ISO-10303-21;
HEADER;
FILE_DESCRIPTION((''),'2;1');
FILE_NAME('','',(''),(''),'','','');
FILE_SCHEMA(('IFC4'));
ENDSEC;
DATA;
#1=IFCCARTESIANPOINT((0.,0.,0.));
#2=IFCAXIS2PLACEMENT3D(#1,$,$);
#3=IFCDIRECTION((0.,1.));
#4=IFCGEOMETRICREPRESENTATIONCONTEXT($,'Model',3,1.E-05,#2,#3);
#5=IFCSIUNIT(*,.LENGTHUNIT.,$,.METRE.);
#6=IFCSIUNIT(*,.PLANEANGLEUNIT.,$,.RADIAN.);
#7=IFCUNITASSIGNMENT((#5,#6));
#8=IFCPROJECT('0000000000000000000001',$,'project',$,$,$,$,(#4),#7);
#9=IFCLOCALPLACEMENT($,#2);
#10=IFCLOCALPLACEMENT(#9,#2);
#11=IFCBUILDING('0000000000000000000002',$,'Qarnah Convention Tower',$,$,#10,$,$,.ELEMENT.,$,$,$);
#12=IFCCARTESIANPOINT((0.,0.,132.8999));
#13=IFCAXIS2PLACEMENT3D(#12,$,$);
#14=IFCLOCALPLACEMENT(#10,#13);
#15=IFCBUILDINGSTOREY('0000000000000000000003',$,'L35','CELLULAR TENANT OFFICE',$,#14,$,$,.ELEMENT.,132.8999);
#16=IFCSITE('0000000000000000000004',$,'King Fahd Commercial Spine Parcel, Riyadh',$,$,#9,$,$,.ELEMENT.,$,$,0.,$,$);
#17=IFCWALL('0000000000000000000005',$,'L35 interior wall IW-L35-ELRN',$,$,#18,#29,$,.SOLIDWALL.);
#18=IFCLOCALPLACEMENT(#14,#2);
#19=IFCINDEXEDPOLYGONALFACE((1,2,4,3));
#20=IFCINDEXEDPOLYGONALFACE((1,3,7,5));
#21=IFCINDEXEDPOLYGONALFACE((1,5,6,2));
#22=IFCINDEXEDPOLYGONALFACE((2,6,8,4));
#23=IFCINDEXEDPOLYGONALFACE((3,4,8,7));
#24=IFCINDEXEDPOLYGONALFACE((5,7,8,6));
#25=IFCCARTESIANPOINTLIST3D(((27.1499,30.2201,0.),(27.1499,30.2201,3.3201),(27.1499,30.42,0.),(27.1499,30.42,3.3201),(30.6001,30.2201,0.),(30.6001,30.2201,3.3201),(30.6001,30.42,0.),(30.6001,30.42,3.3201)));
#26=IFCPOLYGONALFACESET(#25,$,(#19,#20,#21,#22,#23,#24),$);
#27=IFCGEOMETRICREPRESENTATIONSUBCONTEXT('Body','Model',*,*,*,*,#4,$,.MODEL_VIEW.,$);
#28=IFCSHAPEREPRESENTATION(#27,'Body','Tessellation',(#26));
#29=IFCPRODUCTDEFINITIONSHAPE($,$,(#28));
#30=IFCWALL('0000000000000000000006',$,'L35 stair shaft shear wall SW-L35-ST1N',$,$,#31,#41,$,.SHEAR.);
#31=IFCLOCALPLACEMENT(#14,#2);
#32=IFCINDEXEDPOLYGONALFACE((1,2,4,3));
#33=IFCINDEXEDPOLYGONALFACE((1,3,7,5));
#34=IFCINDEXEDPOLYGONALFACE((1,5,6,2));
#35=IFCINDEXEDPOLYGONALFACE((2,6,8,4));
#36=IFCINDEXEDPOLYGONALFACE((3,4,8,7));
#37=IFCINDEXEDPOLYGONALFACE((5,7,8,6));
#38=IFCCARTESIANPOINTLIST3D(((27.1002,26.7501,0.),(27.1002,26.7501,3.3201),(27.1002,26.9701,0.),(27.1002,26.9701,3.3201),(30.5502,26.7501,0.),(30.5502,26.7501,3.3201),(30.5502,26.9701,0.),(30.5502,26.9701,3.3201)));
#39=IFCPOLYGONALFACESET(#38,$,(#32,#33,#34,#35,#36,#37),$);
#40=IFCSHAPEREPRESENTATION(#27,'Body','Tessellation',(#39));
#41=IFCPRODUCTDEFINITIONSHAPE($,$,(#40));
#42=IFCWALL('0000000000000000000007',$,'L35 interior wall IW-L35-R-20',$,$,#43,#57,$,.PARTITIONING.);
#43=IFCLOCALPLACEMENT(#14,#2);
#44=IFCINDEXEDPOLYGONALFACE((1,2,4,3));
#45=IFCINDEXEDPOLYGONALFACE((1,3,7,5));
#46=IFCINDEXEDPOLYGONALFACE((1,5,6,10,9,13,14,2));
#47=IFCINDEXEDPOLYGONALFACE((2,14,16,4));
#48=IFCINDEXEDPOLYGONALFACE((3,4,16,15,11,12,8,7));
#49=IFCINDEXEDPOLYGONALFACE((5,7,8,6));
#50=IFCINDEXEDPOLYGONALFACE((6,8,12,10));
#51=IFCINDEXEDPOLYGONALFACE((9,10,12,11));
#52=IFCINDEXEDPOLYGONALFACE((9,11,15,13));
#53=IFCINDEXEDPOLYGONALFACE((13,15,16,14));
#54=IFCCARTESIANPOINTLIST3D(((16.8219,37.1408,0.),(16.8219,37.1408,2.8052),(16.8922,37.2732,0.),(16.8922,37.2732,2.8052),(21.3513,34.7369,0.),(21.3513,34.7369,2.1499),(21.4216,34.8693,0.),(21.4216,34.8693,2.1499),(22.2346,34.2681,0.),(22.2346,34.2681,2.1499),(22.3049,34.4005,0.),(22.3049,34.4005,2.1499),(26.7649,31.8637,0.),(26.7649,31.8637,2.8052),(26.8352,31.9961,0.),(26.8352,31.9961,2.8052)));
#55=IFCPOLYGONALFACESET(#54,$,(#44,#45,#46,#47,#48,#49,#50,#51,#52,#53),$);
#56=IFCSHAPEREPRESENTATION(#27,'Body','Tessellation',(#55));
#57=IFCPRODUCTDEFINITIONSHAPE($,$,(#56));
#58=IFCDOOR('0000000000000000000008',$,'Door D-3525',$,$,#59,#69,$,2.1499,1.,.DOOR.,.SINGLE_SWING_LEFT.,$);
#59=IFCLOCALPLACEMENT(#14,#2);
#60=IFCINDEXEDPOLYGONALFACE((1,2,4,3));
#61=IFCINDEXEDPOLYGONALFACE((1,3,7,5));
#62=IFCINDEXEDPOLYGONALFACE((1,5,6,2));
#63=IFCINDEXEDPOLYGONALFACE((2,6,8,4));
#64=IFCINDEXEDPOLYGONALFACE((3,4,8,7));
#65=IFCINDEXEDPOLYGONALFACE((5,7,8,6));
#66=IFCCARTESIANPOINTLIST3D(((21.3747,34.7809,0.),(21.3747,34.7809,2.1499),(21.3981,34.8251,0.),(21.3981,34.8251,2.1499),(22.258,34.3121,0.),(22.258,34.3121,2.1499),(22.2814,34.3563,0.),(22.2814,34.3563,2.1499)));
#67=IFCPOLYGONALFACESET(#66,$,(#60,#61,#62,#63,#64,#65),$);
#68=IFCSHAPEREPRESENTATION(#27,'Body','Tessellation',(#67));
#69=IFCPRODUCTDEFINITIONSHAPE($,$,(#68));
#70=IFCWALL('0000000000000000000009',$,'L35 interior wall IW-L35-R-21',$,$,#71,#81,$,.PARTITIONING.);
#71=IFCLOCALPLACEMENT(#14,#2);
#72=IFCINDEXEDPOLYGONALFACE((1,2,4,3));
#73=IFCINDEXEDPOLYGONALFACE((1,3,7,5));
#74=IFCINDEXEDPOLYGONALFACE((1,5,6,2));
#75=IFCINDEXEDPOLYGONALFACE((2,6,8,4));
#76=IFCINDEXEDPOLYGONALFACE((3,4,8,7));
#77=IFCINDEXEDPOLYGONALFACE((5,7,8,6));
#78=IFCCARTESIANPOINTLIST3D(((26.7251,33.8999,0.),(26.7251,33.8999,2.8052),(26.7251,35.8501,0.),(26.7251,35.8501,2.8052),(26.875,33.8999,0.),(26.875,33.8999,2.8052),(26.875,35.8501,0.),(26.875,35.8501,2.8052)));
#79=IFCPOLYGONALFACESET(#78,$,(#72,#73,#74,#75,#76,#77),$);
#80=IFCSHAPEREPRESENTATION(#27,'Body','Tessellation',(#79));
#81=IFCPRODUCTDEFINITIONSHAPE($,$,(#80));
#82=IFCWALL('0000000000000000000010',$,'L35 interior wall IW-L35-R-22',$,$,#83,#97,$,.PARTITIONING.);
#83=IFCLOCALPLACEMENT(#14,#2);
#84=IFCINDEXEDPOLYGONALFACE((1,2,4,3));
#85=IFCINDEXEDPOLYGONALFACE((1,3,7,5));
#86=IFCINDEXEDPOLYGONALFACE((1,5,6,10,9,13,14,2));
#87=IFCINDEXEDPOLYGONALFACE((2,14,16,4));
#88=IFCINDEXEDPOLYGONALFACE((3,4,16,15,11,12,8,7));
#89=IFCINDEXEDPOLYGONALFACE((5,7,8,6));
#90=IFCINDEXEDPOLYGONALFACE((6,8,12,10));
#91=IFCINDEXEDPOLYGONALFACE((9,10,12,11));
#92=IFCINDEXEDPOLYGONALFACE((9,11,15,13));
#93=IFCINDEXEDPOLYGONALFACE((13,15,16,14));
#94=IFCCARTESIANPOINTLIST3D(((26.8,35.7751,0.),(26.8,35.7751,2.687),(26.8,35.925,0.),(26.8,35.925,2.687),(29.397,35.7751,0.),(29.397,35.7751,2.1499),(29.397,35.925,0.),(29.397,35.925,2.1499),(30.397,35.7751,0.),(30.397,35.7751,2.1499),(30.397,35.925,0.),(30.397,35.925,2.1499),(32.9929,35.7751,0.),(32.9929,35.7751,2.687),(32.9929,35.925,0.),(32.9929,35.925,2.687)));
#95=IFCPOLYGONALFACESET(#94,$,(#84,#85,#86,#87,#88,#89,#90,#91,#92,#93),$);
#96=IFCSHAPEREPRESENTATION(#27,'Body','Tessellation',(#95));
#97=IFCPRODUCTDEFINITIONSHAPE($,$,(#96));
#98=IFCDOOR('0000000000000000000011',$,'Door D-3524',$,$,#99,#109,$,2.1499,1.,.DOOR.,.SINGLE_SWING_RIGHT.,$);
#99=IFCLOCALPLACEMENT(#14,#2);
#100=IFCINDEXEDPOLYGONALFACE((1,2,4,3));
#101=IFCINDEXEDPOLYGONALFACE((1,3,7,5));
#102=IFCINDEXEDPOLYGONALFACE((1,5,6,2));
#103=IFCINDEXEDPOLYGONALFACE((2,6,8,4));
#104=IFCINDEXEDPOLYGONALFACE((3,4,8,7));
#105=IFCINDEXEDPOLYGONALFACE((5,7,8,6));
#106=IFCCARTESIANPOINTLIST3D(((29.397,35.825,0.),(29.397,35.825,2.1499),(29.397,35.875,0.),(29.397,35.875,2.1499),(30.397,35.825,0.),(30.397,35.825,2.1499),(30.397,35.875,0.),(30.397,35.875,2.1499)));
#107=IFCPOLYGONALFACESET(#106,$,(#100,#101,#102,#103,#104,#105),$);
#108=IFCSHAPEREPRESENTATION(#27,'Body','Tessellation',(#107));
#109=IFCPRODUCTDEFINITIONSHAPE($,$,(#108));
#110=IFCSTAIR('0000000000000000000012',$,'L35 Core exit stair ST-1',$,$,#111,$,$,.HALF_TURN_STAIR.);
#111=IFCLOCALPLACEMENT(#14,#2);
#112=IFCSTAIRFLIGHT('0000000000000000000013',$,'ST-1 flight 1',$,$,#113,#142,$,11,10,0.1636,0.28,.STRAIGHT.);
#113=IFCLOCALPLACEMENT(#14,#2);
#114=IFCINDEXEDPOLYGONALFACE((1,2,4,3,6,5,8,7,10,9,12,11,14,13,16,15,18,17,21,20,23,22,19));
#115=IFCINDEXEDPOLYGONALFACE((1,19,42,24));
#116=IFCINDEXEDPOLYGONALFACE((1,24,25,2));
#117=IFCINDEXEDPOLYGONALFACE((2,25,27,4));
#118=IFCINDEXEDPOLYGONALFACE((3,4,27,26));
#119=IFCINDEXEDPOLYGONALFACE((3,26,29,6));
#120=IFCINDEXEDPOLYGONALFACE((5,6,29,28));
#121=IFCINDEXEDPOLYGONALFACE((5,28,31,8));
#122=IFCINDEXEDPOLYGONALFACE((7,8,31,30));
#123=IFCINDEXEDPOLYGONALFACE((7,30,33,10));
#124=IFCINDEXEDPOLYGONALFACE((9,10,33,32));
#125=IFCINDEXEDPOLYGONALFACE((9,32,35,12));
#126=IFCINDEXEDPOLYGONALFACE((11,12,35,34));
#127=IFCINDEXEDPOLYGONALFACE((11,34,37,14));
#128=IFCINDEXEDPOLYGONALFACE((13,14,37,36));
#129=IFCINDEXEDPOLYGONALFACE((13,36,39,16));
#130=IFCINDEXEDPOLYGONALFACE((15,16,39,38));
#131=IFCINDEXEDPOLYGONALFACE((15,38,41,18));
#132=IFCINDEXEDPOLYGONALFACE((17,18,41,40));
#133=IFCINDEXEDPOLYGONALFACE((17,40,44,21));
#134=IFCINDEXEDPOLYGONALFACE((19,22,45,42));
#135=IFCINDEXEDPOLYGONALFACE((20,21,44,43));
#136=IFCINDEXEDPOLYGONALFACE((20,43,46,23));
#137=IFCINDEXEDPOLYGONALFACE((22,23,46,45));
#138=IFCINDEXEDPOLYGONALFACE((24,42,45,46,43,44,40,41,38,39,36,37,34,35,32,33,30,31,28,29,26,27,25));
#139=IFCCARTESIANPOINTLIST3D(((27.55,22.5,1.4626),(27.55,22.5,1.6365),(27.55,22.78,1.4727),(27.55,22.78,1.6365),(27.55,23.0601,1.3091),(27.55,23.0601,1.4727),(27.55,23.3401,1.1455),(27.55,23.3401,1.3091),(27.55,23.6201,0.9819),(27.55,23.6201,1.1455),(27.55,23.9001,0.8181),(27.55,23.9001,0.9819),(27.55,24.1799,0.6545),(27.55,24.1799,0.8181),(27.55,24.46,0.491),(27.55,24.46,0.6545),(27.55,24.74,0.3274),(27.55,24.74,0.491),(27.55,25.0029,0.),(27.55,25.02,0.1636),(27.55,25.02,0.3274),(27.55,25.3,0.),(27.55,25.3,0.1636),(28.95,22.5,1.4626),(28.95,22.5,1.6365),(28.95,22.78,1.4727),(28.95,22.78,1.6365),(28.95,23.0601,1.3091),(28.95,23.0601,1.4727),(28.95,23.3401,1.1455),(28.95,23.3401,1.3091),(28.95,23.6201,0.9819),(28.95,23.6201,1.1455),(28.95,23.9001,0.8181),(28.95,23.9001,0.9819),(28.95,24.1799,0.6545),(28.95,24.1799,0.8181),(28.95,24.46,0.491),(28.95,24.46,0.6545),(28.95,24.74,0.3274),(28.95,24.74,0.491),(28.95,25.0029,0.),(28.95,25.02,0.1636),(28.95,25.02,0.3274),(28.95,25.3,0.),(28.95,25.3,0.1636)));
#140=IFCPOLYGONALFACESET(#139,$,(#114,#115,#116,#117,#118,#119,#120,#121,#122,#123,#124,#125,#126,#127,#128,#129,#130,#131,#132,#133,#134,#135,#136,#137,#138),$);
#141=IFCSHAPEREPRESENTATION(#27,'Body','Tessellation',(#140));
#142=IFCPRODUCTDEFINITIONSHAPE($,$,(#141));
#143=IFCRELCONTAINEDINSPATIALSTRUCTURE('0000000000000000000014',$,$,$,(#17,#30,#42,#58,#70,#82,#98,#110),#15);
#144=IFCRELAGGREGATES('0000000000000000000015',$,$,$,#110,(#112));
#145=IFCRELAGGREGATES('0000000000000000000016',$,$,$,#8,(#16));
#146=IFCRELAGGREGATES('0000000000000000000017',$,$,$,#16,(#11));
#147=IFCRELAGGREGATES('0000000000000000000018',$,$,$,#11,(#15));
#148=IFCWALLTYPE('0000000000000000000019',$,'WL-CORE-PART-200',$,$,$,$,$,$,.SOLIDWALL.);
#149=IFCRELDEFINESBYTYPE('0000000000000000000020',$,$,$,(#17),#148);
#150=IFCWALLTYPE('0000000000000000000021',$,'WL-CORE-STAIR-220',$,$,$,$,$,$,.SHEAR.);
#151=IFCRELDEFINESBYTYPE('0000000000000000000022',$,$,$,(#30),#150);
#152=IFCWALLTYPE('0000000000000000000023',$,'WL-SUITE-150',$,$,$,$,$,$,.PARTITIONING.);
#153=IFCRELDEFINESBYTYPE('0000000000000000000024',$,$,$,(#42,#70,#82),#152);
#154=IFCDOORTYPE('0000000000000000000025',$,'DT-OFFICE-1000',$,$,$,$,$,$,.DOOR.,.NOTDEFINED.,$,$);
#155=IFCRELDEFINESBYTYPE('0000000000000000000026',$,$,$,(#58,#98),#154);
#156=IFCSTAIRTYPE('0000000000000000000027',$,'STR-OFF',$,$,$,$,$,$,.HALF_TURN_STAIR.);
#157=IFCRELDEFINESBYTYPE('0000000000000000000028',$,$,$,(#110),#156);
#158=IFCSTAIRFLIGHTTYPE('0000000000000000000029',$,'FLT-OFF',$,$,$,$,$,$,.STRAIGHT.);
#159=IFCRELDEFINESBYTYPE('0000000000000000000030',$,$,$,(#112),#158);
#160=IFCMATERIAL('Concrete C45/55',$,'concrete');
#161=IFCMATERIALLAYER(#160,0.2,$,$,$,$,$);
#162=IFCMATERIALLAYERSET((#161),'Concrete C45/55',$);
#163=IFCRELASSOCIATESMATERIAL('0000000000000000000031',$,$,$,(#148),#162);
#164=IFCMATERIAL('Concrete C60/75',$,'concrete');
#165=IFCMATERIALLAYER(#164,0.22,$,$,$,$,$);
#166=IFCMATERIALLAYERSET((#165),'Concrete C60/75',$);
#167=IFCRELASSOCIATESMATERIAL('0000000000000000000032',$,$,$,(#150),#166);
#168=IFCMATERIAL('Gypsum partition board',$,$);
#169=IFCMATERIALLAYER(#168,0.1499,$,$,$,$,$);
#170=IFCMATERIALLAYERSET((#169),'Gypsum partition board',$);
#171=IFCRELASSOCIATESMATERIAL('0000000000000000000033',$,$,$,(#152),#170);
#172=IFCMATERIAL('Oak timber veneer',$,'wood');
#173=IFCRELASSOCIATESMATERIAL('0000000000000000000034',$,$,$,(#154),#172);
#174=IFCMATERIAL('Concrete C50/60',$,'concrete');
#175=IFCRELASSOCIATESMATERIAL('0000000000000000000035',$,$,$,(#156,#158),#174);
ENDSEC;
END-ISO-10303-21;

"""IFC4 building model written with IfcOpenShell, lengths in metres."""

from ifc_helpers import new_model, si_unit, direction, frame, frame_2d, origin, place, context, subcontext, project, spatial, polyline, rectangle, outline, extrude, material, layer, layer_set, type_object, element, fill, aggregate, save


model = new_model("IFC4")

# Units and contexts
model_context = context("Model", 3, precision=1e-05, world=origin(), true_north=direction((0.0, 1.0)))
body_context = subcontext(model_context, "Body", "Model", "MODEL_VIEW")
ifc_project = project(units=[si_unit("LENGTHUNIT", "METRE"), si_unit("PLANEANGLEUNIT", "RADIAN")], contexts=[model_context])

# Site, building, storey
site_placement = place(None, origin())
site = spatial("IfcSite", under=ifc_project, at=site_placement, Name="King Fahd Commercial Spine Parcel, Riyadh", CompositionType="ELEMENT", RefElevation=0.0)
building_placement = place(site_placement, origin())
building = spatial("IfcBuilding", under=site, at=building_placement, Name="Qarnah Convention Tower", CompositionType="ELEMENT")
storey_placement = place(building_placement, frame((0.0, 0.0, 132.8999)))
storey = spatial("IfcBuildingStorey", under=building, at=storey_placement, Name="L35", Description="CELLULAR TENANT OFFICE", CompositionType="ELEMENT", Elevation=132.8999)

# Shared definitions
ifc_material_1 = material(Name="Concrete C60/75", Category="concrete")

# Walls
ifc_material_2 = material(Name="Concrete C45/55", Category="concrete")
ifc_layer_1 = layer(ifc_material_2, 0.2)
ifc_layer_set_1 = layer_set([ifc_layer_1], Name="Concrete C45/55")
wall_type_1 = type_object("IfcWallType", Name="WL-CORE-PART-200", PredefinedType="SOLIDWALL", material=ifc_layer_set_1)
wall_1_placement = place(storey_placement, frame((27.1499, 30.3201, 0.0), z_axis=(0.0, 0.0, 1.0), x_axis=(1.0, 0.0, 0.0)))
element("IfcWall", 1, at=wall_1_placement, inside=storey, type_object=wall_type_1, Name="L35 interior wall IW-L35-ELRN", PredefinedType="SOLIDWALL", context=body_context, shape_type="SweptSolid", body=[
    extrude(rectangle(XDim=3.4502, YDim=0.2, at=frame_2d((1.7251, 0.0))), origin(), (0.0, 0.0, 1.0), 3.3201),
])
ifc_layer_2 = layer(ifc_material_1, 0.22)
ifc_layer_set_2 = layer_set([ifc_layer_2], Name="Concrete C60/75")
wall_type_2 = type_object("IfcWallType", Name="WL-CORE-STAIR-220", PredefinedType="SHEAR", material=ifc_layer_set_2)
wall_2_placement = place(storey_placement, frame((27.1001, 26.8601, 0.0), z_axis=(0.0, 0.0, 1.0), x_axis=(1.0, 0.0, 0.0)))
element("IfcWall", 2, at=wall_2_placement, inside=storey, type_object=wall_type_2, Name="L35 stair shaft shear wall SW-L35-ST1N", PredefinedType="SHEAR", context=body_context, shape_type="SweptSolid", body=[
    extrude(rectangle(XDim=3.45, YDim=0.22, at=frame_2d((1.7251, 0.0))), origin(), (0.0, 0.0, 1.0), 3.3201),
])

# Wall, opening, door
ifc_material_3 = material(Name="Gypsum partition board")
ifc_layer_3 = layer(ifc_material_3, 0.1499)
ifc_layer_set_3 = layer_set([ifc_layer_3], Name="Gypsum partition board")
wall_type_3 = type_object("IfcWallType", Name="WL-SUITE-150", PredefinedType="PARTITIONING", material=ifc_layer_set_3)
wall_3_placement = place(storey_placement, frame((16.8569, 37.207, 0.0), z_axis=(0.0, 0.0, 1.0), x_axis=(0.883306, -0.468796, 0.0)))
wall_3 = element("IfcWall", 3, at=wall_3_placement, inside=storey, type_object=wall_type_3, Name="L35 interior wall IW-L35-R-20", PredefinedType="PARTITIONING", context=body_context, shape_type="SweptSolid", body=[
    extrude(rectangle(XDim=11.2566, YDim=0.1499, at=frame_2d((5.6284, 0.0))), origin(), (0.0, 0.0, 1.0), 2.8052),
])
opening_1_placement = place(wall_3_placement, frame((5.1279, 0.0, 0.0)))
opening_1 = element("IfcOpeningElement", 4, at=opening_1_placement, cuts=wall_3, PredefinedType="OPENING", context=body_context, shape_type="SweptSolid", body=[
    extrude(rectangle(XDim=1.0, YDim=2.1499, at=frame_2d((0.5, 1.075))), frame((0.0, 0.085, 0.0), z_axis=(0.0, -1.0, 0.0), x_axis=(1.0, 0.0, 0.0)), (0.0, 0.0, 1.0), 0.1699),
])
ifc_material_4 = material(Name="Oak timber veneer", Category="wood")
door_type_1 = type_object("IfcDoorType", Name="DT-OFFICE-1000", OperationType="NOTDEFINED", PredefinedType="DOOR", material=ifc_material_4)
door_1_placement = place(opening_1_placement, origin())
door_1 = element("IfcDoor", 5, at=door_1_placement, inside=storey, type_object=door_type_1, Name="Door D-3525", OperationType="SINGLE_SWING_LEFT", OverallHeight=2.1499, OverallWidth=1.0, PredefinedType="DOOR", context=body_context, shape_type="SweptSolid", body=[
    extrude(rectangle(XDim=1.0, YDim=2.1499, at=frame_2d((0.5, 1.075))), frame((0.0, 0.0249, 0.0), z_axis=(0.0, -1.0, 0.0), x_axis=(1.0, 0.0, 0.0)), (0.0, 0.0, 1.0), 0.05),
])
fill(opening_1, door_1)

# Wall
wall_4_placement = place(storey_placement, frame((26.8, 33.8999, 0.0), z_axis=(0.0, 0.0, 1.0), x_axis=(0.0, 1.0, 0.0)))
element("IfcWall", 6, at=wall_4_placement, inside=storey, type_object=wall_type_3, Name="L35 interior wall IW-L35-R-21", PredefinedType="PARTITIONING", context=body_context, shape_type="SweptSolid", body=[
    extrude(rectangle(XDim=1.9502, YDim=0.1499, at=frame_2d((0.9751, 0.0))), origin(), (0.0, 0.0, 1.0), 2.8052),
])

# Wall, opening, door
wall_5_placement = place(storey_placement, frame((26.8, 35.8501, 0.0), z_axis=(0.0, 0.0, 1.0), x_axis=(1.0, 0.0, 0.0)))
wall_5 = element("IfcWall", 7, at=wall_5_placement, inside=storey, type_object=wall_type_3, Name="L35 interior wall IW-L35-R-22", PredefinedType="PARTITIONING", context=body_context, shape_type="SweptSolid", body=[
    extrude(rectangle(XDim=6.1929, YDim=0.1499, at=frame_2d((3.0964, 0.0))), origin(), (0.0, 0.0, 1.0), 2.687),
])
opening_2_placement = place(wall_5_placement, frame((2.5969, 0.0, 0.0)))
opening_2 = element("IfcOpeningElement", 8, at=opening_2_placement, cuts=wall_5, PredefinedType="OPENING", context=body_context, shape_type="SweptSolid", body=[
    extrude(rectangle(XDim=1.0, YDim=2.1499, at=frame_2d((0.5, 1.075))), frame((0.0, 0.085, 0.0), z_axis=(0.0, -1.0, 0.0), x_axis=(1.0, 0.0, 0.0)), (0.0, 0.0, 1.0), 0.1699),
])
door_2_placement = place(opening_2_placement, origin())
door_2 = element("IfcDoor", 9, at=door_2_placement, inside=storey, type_object=door_type_1, Name="Door D-3524", OperationType="SINGLE_SWING_RIGHT", OverallHeight=2.1499, OverallWidth=1.0, PredefinedType="DOOR", context=body_context, shape_type="SweptSolid", body=[
    extrude(rectangle(XDim=1.0, YDim=2.1499, at=frame_2d((0.5, 1.075))), frame((0.0, 0.0249, 0.0), z_axis=(0.0, -1.0, 0.0), x_axis=(1.0, 0.0, 0.0)), (0.0, 0.0, 1.0), 0.05),
])
fill(opening_2, door_2)

# Stair, stair flight
ifc_material_5 = material(Name="Concrete C50/60", Category="concrete")
stair_type = type_object("IfcStairType", Name="STR-OFF", PredefinedType="HALF_TURN_STAIR", material=ifc_material_5)
stair_placement = place(storey_placement, origin())
stair = element("IfcStair", 10, at=stair_placement, inside=storey, type_object=stair_type, Name="L35 Core exit stair ST-1", PredefinedType="HALF_TURN_STAIR")
stair_flight_type = type_object("IfcStairFlightType", Name="FLT-OFF", PredefinedType="STRAIGHT", material=ifc_material_5)
stair_flight_placement = place(storey_placement, frame((28.25, 25.3, 0.0), z_axis=(0.0, 0.0, 1.0), x_axis=(0.0, -1.0, 0.0)))
stair_flight = element("IfcStairFlight", 11, at=stair_flight_placement, type_object=stair_flight_type, Name="ST-1 flight 1", NumberOfRisers=11, NumberOfTreads=10, PredefinedType="STRAIGHT", RiserHeight=0.1636, TreadLength=0.28, context=body_context, shape_type="SweptSolid", body=[
    extrude(outline(polyline([(0.0, 0.0), (0.0, 0.1636), (0.28, 0.1636), (0.28, 0.3274), (0.5601, 0.3274), (0.5601, 0.491), (0.8401, 0.491), (0.8401, 0.6545), (1.1201, 0.6545), (1.1201, 0.8181), (1.3999, 0.8181), (1.3999, 0.9819), (1.6799, 0.9819), (1.6799, 1.1455), (1.96, 1.1455), (1.96, 1.3091), (2.24, 1.3091), (2.24, 1.4727), (2.52, 1.4727), (2.52, 1.6365), (2.8, 1.6365), (2.8, 1.8), (2.8, 1.4626), (0.2971, 0.0), (0.0, 0.0)])), frame((0.0, 0.7, 0.0), z_axis=(0.0, -1.0, 0.0), x_axis=(1.0, 0.0, 0.0)), (0.0, 0.0, 1.0), 1.3999),
])
aggregate(stair, [stair_flight])

save(model, "model.ifc")
